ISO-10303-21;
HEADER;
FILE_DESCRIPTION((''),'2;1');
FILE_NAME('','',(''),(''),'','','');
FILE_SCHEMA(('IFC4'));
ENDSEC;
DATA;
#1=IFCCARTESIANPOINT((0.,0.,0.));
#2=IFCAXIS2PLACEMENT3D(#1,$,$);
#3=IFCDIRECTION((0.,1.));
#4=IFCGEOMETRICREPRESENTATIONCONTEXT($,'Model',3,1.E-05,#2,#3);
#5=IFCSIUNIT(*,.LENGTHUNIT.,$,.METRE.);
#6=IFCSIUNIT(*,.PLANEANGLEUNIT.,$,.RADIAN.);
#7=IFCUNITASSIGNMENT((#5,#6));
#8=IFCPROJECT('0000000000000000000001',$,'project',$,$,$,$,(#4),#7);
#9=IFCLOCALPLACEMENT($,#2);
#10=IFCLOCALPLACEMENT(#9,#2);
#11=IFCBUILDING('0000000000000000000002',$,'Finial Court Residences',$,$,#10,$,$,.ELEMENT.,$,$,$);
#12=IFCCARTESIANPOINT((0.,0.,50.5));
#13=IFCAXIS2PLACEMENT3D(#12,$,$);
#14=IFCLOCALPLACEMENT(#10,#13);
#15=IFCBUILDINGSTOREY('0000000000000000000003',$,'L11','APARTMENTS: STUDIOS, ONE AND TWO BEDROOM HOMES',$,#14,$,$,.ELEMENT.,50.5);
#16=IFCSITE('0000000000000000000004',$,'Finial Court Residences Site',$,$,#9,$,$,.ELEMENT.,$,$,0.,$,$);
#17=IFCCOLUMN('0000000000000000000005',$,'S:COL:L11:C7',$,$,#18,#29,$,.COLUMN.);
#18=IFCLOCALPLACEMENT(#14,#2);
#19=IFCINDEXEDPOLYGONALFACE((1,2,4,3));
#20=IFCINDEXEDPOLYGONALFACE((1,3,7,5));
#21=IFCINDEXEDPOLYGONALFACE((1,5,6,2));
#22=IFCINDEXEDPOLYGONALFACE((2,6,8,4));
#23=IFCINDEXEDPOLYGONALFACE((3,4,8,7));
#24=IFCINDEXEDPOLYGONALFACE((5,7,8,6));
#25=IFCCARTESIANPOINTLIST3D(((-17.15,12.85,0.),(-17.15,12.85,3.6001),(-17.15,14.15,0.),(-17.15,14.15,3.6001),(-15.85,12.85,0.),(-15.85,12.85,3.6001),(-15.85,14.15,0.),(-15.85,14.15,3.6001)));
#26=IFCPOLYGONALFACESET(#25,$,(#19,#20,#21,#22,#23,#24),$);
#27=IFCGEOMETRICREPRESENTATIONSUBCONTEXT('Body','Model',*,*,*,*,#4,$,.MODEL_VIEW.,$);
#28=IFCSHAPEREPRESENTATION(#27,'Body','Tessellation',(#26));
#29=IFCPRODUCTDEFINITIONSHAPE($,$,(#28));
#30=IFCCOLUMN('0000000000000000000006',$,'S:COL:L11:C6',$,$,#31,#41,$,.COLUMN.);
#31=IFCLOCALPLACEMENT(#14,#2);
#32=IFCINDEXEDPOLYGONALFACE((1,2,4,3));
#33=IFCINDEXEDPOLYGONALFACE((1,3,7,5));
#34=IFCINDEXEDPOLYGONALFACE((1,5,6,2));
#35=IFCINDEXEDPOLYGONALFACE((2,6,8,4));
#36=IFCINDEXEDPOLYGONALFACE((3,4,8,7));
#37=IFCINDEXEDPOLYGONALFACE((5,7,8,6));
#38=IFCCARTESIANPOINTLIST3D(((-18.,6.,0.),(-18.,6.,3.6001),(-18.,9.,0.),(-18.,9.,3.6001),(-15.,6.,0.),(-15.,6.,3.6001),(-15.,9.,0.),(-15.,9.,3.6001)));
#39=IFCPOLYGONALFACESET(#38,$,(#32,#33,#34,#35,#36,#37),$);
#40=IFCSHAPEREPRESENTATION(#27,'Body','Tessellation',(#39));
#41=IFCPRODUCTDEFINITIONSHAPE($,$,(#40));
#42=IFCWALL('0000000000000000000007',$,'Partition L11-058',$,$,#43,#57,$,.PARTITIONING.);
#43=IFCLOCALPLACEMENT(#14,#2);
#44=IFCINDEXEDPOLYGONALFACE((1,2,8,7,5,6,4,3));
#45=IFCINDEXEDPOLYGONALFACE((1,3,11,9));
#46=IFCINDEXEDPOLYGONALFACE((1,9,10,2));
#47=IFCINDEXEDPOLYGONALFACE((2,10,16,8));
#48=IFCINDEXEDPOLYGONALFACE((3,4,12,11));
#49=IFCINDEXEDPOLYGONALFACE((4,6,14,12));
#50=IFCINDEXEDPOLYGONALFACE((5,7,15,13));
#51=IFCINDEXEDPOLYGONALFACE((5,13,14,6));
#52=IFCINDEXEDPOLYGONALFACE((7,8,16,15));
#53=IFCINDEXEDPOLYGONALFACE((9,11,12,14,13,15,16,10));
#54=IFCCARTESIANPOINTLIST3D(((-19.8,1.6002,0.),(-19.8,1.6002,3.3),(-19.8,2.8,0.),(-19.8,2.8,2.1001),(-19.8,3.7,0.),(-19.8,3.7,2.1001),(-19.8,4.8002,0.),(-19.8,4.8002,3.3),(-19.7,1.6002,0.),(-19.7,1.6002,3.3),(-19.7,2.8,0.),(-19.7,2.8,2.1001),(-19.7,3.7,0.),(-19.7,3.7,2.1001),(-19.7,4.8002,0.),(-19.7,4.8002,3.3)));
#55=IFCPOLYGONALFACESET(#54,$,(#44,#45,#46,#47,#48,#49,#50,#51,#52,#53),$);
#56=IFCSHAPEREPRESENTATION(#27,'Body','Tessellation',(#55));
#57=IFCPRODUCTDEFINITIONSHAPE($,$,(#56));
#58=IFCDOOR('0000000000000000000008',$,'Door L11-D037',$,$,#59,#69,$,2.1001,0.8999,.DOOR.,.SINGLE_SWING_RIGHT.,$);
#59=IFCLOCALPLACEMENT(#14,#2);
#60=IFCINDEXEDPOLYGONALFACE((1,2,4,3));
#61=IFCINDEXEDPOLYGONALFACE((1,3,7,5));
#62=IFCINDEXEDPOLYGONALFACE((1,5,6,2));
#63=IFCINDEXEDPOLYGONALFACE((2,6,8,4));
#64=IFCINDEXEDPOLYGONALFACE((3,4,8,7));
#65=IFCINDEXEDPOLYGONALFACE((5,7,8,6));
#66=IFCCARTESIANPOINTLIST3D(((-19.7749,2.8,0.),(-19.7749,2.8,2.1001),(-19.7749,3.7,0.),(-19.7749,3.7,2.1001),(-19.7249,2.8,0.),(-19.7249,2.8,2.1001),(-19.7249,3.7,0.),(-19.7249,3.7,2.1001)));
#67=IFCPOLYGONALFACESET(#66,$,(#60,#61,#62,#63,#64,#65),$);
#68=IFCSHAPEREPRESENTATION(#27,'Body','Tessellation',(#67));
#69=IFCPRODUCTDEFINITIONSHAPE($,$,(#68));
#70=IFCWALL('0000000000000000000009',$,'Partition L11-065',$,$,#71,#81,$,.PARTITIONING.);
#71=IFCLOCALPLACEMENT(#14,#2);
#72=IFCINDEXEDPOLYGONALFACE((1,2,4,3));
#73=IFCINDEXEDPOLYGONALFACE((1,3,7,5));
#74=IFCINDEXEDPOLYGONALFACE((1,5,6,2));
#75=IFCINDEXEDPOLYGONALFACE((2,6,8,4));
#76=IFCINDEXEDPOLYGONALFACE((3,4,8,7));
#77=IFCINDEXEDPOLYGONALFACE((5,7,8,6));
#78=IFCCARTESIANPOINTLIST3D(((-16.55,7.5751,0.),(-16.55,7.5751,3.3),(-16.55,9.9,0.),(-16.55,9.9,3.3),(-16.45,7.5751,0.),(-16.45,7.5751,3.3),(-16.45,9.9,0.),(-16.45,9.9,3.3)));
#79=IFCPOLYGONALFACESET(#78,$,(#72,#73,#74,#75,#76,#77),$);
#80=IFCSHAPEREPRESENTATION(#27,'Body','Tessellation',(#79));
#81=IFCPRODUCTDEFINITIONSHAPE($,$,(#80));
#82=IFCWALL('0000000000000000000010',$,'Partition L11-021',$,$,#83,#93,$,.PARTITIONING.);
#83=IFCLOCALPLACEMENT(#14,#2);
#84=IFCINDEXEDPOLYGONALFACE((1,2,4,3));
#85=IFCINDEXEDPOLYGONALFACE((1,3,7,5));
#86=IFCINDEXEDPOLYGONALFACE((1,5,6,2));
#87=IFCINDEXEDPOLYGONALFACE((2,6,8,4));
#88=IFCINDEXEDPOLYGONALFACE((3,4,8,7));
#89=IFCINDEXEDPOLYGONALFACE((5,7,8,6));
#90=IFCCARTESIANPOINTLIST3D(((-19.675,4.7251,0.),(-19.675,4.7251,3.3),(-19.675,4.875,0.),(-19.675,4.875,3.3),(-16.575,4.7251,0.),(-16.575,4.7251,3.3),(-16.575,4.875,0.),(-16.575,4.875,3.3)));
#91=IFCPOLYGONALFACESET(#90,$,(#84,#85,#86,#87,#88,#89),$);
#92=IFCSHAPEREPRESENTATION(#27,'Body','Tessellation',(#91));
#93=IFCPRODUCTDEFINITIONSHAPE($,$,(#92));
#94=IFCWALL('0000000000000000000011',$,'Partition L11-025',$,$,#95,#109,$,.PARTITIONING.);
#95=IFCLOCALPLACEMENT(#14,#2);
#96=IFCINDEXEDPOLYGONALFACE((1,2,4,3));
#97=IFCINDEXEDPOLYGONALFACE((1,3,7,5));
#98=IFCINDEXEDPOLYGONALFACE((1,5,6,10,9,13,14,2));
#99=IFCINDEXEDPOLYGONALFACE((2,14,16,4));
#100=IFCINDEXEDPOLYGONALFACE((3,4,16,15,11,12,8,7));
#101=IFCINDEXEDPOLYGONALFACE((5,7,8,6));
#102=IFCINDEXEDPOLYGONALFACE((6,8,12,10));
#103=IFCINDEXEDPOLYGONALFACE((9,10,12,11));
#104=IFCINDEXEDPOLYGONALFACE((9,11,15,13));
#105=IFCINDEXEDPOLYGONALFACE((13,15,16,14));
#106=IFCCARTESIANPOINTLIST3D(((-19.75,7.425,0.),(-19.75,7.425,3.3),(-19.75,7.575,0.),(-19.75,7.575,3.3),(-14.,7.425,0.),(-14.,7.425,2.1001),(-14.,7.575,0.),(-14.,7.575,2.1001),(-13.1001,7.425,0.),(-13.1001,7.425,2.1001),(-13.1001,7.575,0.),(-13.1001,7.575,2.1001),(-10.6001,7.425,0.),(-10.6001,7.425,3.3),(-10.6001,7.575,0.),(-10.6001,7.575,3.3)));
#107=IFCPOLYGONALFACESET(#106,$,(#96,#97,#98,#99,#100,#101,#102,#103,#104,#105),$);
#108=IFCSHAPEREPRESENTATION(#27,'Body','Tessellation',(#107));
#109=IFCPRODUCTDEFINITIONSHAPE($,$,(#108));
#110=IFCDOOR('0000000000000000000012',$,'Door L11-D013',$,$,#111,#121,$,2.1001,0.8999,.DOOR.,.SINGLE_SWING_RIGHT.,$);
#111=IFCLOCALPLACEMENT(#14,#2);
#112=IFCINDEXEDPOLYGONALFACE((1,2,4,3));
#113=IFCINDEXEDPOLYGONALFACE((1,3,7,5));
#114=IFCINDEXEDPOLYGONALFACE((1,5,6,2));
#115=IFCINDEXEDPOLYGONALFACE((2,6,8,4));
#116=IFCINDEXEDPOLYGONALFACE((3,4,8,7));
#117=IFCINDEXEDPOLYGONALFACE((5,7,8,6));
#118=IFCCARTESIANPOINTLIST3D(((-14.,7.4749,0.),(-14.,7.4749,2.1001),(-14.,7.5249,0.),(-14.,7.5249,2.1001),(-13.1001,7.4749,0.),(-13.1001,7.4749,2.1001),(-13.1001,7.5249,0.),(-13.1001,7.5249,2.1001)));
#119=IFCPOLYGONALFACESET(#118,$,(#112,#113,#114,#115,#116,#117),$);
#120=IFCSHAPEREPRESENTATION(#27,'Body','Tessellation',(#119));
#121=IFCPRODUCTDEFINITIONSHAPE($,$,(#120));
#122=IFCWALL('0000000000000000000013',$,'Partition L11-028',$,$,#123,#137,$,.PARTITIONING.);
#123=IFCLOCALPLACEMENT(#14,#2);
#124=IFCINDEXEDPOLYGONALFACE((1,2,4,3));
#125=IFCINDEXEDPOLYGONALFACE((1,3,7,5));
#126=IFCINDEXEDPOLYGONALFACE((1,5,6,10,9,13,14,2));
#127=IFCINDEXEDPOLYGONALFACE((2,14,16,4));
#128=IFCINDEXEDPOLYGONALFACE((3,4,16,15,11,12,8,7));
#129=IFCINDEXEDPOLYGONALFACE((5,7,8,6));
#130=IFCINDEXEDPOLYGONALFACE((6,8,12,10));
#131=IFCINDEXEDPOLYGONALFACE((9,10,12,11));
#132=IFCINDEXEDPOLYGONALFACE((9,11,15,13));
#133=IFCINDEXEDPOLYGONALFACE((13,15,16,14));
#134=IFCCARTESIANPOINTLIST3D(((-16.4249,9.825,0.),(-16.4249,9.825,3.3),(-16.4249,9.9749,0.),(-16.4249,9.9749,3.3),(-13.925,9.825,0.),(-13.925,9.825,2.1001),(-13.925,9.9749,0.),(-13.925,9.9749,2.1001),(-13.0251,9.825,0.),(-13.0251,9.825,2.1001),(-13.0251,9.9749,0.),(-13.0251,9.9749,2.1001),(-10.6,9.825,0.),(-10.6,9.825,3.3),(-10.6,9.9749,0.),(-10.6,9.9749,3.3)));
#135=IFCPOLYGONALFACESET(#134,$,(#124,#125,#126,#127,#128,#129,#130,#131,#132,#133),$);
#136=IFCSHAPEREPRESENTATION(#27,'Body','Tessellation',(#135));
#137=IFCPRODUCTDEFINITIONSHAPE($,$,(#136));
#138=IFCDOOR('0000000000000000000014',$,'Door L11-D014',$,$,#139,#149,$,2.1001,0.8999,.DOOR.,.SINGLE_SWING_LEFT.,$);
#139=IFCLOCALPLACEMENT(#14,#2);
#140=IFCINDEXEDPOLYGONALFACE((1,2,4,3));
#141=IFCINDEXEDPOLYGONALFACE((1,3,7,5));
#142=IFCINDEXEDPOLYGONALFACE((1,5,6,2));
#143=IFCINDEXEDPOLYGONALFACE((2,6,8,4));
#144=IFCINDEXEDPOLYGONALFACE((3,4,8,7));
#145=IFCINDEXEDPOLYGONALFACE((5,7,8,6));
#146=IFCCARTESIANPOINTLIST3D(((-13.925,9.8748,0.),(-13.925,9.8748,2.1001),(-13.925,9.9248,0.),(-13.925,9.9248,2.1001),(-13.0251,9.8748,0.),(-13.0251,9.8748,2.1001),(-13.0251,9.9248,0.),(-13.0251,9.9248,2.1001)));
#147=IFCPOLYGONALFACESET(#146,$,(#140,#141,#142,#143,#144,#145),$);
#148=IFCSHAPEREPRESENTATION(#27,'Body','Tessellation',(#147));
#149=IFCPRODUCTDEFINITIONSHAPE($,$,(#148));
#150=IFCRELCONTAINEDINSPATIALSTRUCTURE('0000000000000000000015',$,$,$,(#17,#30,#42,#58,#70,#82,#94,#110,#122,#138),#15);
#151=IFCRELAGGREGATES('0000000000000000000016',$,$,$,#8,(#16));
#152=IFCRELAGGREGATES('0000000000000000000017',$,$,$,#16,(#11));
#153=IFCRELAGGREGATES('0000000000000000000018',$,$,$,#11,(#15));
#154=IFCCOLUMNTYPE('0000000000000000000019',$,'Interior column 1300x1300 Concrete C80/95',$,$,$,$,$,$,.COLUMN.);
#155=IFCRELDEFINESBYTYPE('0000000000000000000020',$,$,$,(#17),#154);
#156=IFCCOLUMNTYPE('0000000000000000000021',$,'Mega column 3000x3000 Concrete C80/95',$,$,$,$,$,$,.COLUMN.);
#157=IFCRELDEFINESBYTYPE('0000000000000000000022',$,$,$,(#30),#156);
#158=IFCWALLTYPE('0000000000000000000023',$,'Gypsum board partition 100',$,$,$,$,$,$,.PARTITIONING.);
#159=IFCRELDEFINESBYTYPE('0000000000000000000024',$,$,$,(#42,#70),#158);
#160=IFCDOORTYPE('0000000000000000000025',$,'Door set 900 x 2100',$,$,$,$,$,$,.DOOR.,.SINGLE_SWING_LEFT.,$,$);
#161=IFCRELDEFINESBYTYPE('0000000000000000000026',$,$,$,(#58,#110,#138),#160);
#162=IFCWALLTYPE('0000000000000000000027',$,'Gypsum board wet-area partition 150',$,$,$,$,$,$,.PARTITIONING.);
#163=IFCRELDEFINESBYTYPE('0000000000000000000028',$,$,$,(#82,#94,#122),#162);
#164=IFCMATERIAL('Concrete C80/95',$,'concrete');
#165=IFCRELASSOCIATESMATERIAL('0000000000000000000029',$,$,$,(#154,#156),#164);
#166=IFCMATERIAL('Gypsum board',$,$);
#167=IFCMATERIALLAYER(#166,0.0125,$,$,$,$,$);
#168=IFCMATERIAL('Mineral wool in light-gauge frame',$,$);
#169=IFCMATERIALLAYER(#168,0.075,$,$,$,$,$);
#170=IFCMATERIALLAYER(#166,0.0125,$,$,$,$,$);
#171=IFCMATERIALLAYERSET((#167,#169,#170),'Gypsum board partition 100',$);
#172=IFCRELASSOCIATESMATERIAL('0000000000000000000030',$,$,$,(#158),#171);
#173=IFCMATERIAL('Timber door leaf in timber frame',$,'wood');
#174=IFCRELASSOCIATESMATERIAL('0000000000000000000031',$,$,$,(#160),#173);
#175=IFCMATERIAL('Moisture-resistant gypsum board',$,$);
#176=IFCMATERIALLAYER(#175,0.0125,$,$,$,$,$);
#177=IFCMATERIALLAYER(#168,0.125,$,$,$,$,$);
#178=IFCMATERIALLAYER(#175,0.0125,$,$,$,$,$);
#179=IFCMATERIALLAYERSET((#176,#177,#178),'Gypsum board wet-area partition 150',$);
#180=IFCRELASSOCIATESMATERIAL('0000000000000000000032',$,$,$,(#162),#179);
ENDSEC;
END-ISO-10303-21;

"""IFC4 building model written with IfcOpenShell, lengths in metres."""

from ifc_helpers import new_model, si_unit, direction, frame, frame_2d, origin, origin_2d, place, context, subcontext, project, spatial, rectangle, extrude, material, layer, layer_set, material_profile, profile_set, type_object, element, fill, save


model = new_model("IFC4")

# Units and contexts
model_context = context("Model", 3, precision=1e-05, world=origin(), true_north=direction((0.0, 1.0)))
body_context = subcontext(model_context, "Body", "Model", "MODEL_VIEW")
ifc_project = project(units=[si_unit("LENGTHUNIT", "METRE"), si_unit("PLANEANGLEUNIT", "RADIAN")], contexts=[model_context])

# Site, building, storey
site_placement = place(None, origin())
site = spatial("IfcSite", under=ifc_project, at=site_placement, Name="Finial Court Residences Site", CompositionType="ELEMENT", RefElevation=0.0)
building_placement = place(site_placement, origin())
building = spatial("IfcBuilding", under=site, at=building_placement, Name="Finial Court Residences", CompositionType="ELEMENT")
storey_placement = place(building_placement, frame((0.0, 0.0, 50.5)))
storey = spatial("IfcBuildingStorey", under=building, at=storey_placement, Name="L11", Description="APARTMENTS: STUDIOS, ONE AND TWO BEDROOM HOMES", CompositionType="ELEMENT", Elevation=50.5)

# Columns
ifc_material_1 = material(Name="Concrete C80/95", Category="concrete")
ifc_material_profile_1 = material_profile(ifc_material_1, rectangle(XDim=1.3, YDim=1.3, at=origin_2d()), Name="1300x1300")
ifc_profile_set_1 = profile_set([ifc_material_profile_1], Name="Concrete C80/95")
column_type_1 = type_object("IfcColumnType", Name="Interior column 1300x1300 Concrete C80/95", PredefinedType="COLUMN", material=ifc_profile_set_1)
column_1_placement = place(storey_placement, frame((-16.5, 13.5, 0.0), z_axis=(0.0, 0.0, 1.0), x_axis=(1.0, 0.0, 0.0)))
element("IfcColumn", 1, at=column_1_placement, inside=storey, type_object=column_type_1, Name="S:COL:L11:C7", PredefinedType="COLUMN", context=body_context, shape_type="SweptSolid", body=[
    extrude(rectangle(XDim=1.3, YDim=1.3, at=origin_2d()), origin(), (0.0, 0.0, 1.0), 3.6001),
])
ifc_material_profile_2 = material_profile(ifc_material_1, rectangle(XDim=3.0, YDim=3.0, at=origin_2d()), Name="3000x3000")
ifc_profile_set_2 = profile_set([ifc_material_profile_2], Name="Concrete C80/95")
column_type_2 = type_object("IfcColumnType", Name="Mega column 3000x3000 Concrete C80/95", PredefinedType="COLUMN", material=ifc_profile_set_2)
column_2_placement = place(storey_placement, frame((-16.5, 7.5, 0.0), z_axis=(0.0, 0.0, 1.0), x_axis=(1.0, 0.0, 0.0)))
element("IfcColumn", 2, at=column_2_placement, inside=storey, type_object=column_type_2, Name="S:COL:L11:C6", PredefinedType="COLUMN", context=body_context, shape_type="SweptSolid", body=[
    extrude(rectangle(XDim=3.0, YDim=3.0, at=origin_2d()), origin(), (0.0, 0.0, 1.0), 3.6001),
])

# Wall, opening, door
ifc_material_2 = material(Name="Gypsum board")
ifc_layer_1 = layer(ifc_material_2, 0.0125)
ifc_material_3 = material(Name="Mineral wool in light-gauge frame")
ifc_layer_2 = layer(ifc_material_3, 0.075)
ifc_layer_3 = layer(ifc_material_2, 0.0125)
ifc_layer_set_1 = layer_set([ifc_layer_1, ifc_layer_2, ifc_layer_3], Name="Gypsum board partition 100")
wall_type_1 = type_object("IfcWallType", Name="Gypsum board partition 100", PredefinedType="PARTITIONING", material=ifc_layer_set_1)
wall_1_placement = place(storey_placement, frame((-19.75, 1.6001, 0.0), z_axis=(0.0, 0.0, 1.0), x_axis=(0.0, 1.0, 0.0)))
wall_1 = element("IfcWall", 3, at=wall_1_placement, inside=storey, type_object=wall_type_1, Name="Partition L11-058", PredefinedType="PARTITIONING", context=body_context, shape_type="SweptSolid", body=[
    extrude(rectangle(XDim=3.2, YDim=0.1001, at=frame_2d((1.6001, 0.0))), origin(), (0.0, 0.0, 1.0), 3.3),
])
opening_1_placement = place(wall_1_placement, frame((1.2, 0.0, 0.0)))
opening_1 = element("IfcOpeningElement", 4, at=opening_1_placement, cuts=wall_1, PredefinedType="OPENING", context=body_context, shape_type="SweptSolid", body=[
    extrude(rectangle(XDim=0.8999, YDim=2.1001, at=frame_2d((0.45, 1.05))), frame((0.0, 0.0601, 0.0), z_axis=(0.0, -1.0, 0.0), x_axis=(1.0, 0.0, 0.0)), (0.0, 0.0, 1.0), 0.1201),
])
ifc_material_4 = material(Name="Timber door leaf in timber frame", Category="wood")
door_type = type_object("IfcDoorType", Name="Door set 900 x 2100", OperationType="SINGLE_SWING_LEFT", PredefinedType="DOOR", material=ifc_material_4)
door_1_placement = place(opening_1_placement, origin())
door_1 = element("IfcDoor", 5, at=door_1_placement, inside=storey, type_object=door_type, Name="Door L11-D037", OperationType="SINGLE_SWING_RIGHT", OverallHeight=2.1001, OverallWidth=0.8999, PredefinedType="DOOR", context=body_context, shape_type="SweptSolid", body=[
    extrude(rectangle(XDim=0.8999, YDim=2.1001, at=frame_2d((0.45, 1.05))), frame((0.0, 0.0249, 0.0), z_axis=(0.0, -1.0, 0.0), x_axis=(1.0, 0.0, 0.0)), (0.0, 0.0, 1.0), 0.05),
])
fill(opening_1, door_1)

# Walls
wall_2_placement = place(storey_placement, frame((-16.5, 7.575, 0.0), z_axis=(0.0, 0.0, 1.0), x_axis=(0.0, 1.0, 0.0)))
element("IfcWall", 6, at=wall_2_placement, inside=storey, type_object=wall_type_1, Name="Partition L11-065", PredefinedType="PARTITIONING", context=body_context, shape_type="SweptSolid", body=[
    extrude(rectangle(XDim=2.325, YDim=0.1001, at=frame_2d((1.1626, 0.0))), origin(), (0.0, 0.0, 1.0), 3.3),
])
ifc_material_5 = material(Name="Moisture-resistant gypsum board")
ifc_layer_4 = layer(ifc_material_5, 0.0125)
ifc_layer_5 = layer(ifc_material_3, 0.125)
ifc_layer_6 = layer(ifc_material_5, 0.0125)
ifc_layer_set_2 = layer_set([ifc_layer_4, ifc_layer_5, ifc_layer_6], Name="Gypsum board wet-area partition 150")
wall_type_2 = type_object("IfcWallType", Name="Gypsum board wet-area partition 150", PredefinedType="PARTITIONING", material=ifc_layer_set_2)
wall_3_placement = place(storey_placement, frame((-19.675, 4.8, 0.0), z_axis=(0.0, 0.0, 1.0), x_axis=(1.0, 0.0, 0.0)))
element("IfcWall", 7, at=wall_3_placement, inside=storey, type_object=wall_type_2, Name="Partition L11-021", PredefinedType="PARTITIONING", context=body_context, shape_type="SweptSolid", body=[
    extrude(rectangle(XDim=3.1001, YDim=0.1499, at=frame_2d((1.55, 0.0))), origin(), (0.0, 0.0, 1.0), 3.3),
])

# Walls, openings, doors
wall_4_placement = place(storey_placement, frame((-19.75, 7.5, 0.0), z_axis=(0.0, 0.0, 1.0), x_axis=(1.0, 0.0, 0.0)))
wall_4 = element("IfcWall", 8, at=wall_4_placement, inside=storey, type_object=wall_type_2, Name="Partition L11-025", PredefinedType="PARTITIONING", context=body_context, shape_type="SweptSolid", body=[
    extrude(rectangle(XDim=9.1499, YDim=0.1499, at=frame_2d((4.575, 0.0))), origin(), (0.0, 0.0, 1.0), 3.3),
])
opening_2_placement = place(wall_4_placement, frame((5.75, 0.0, 0.0)))
opening_2 = element("IfcOpeningElement", 9, at=opening_2_placement, cuts=wall_4, PredefinedType="OPENING", context=body_context, shape_type="SweptSolid", body=[
    extrude(rectangle(XDim=0.8999, YDim=2.1001, at=frame_2d((0.45, 1.05))), frame((0.0, 0.085, 0.0), z_axis=(0.0, -1.0, 0.0), x_axis=(1.0, 0.0, 0.0)), (0.0, 0.0, 1.0), 0.1699),
])
door_2_placement = place(opening_2_placement, origin())
door_2 = element("IfcDoor", 10, at=door_2_placement, inside=storey, type_object=door_type, Name="Door L11-D013", OperationType="SINGLE_SWING_RIGHT", OverallHeight=2.1001, OverallWidth=0.8999, PredefinedType="DOOR", context=body_context, shape_type="SweptSolid", body=[
    extrude(rectangle(XDim=0.8999, YDim=2.1001, at=frame_2d((0.45, 1.05))), frame((0.0, 0.0249, 0.0), z_axis=(0.0, -1.0, 0.0), x_axis=(1.0, 0.0, 0.0)), (0.0, 0.0, 1.0), 0.05),
])
fill(opening_2, door_2)
wall_5_placement = place(storey_placement, frame((-16.425, 9.8999, 0.0), z_axis=(0.0, 0.0, 1.0), x_axis=(1.0, 0.0, 0.0)))
wall_5 = element("IfcWall", 11, at=wall_5_placement, inside=storey, type_object=wall_type_2, Name="Partition L11-028", PredefinedType="PARTITIONING", context=body_context, shape_type="SweptSolid", body=[
    extrude(rectangle(XDim=5.825, YDim=0.1499, at=frame_2d((2.9126, 0.0))), origin(), (0.0, 0.0, 1.0), 3.3),
])
opening_3_placement = place(wall_5_placement, frame((2.5, 0.0, 0.0)))
opening_3 = element("IfcOpeningElement", 12, at=opening_3_placement, cuts=wall_5, PredefinedType="OPENING", context=body_context, shape_type="SweptSolid", body=[
    extrude(rectangle(XDim=0.8999, YDim=2.1001, at=frame_2d((0.45, 1.05))), frame((0.0, 0.085, 0.0), z_axis=(0.0, -1.0, 0.0), x_axis=(1.0, 0.0, 0.0)), (0.0, 0.0, 1.0), 0.1699),
])
door_3_placement = place(opening_3_placement, origin())
door_3 = element("IfcDoor", 13, at=door_3_placement, inside=storey, type_object=door_type, Name="Door L11-D014", OperationType="SINGLE_SWING_LEFT", OverallHeight=2.1001, OverallWidth=0.8999, PredefinedType="DOOR", context=body_context, shape_type="SweptSolid", body=[
    extrude(rectangle(XDim=0.8999, YDim=2.1001, at=frame_2d((0.45, 1.05))), frame((0.0, 0.0249, 0.0), z_axis=(0.0, -1.0, 0.0), x_axis=(1.0, 0.0, 0.0)), (0.0, 0.0, 1.0), 0.05),
])
fill(opening_3, door_3)

save(model, "model.ifc")
